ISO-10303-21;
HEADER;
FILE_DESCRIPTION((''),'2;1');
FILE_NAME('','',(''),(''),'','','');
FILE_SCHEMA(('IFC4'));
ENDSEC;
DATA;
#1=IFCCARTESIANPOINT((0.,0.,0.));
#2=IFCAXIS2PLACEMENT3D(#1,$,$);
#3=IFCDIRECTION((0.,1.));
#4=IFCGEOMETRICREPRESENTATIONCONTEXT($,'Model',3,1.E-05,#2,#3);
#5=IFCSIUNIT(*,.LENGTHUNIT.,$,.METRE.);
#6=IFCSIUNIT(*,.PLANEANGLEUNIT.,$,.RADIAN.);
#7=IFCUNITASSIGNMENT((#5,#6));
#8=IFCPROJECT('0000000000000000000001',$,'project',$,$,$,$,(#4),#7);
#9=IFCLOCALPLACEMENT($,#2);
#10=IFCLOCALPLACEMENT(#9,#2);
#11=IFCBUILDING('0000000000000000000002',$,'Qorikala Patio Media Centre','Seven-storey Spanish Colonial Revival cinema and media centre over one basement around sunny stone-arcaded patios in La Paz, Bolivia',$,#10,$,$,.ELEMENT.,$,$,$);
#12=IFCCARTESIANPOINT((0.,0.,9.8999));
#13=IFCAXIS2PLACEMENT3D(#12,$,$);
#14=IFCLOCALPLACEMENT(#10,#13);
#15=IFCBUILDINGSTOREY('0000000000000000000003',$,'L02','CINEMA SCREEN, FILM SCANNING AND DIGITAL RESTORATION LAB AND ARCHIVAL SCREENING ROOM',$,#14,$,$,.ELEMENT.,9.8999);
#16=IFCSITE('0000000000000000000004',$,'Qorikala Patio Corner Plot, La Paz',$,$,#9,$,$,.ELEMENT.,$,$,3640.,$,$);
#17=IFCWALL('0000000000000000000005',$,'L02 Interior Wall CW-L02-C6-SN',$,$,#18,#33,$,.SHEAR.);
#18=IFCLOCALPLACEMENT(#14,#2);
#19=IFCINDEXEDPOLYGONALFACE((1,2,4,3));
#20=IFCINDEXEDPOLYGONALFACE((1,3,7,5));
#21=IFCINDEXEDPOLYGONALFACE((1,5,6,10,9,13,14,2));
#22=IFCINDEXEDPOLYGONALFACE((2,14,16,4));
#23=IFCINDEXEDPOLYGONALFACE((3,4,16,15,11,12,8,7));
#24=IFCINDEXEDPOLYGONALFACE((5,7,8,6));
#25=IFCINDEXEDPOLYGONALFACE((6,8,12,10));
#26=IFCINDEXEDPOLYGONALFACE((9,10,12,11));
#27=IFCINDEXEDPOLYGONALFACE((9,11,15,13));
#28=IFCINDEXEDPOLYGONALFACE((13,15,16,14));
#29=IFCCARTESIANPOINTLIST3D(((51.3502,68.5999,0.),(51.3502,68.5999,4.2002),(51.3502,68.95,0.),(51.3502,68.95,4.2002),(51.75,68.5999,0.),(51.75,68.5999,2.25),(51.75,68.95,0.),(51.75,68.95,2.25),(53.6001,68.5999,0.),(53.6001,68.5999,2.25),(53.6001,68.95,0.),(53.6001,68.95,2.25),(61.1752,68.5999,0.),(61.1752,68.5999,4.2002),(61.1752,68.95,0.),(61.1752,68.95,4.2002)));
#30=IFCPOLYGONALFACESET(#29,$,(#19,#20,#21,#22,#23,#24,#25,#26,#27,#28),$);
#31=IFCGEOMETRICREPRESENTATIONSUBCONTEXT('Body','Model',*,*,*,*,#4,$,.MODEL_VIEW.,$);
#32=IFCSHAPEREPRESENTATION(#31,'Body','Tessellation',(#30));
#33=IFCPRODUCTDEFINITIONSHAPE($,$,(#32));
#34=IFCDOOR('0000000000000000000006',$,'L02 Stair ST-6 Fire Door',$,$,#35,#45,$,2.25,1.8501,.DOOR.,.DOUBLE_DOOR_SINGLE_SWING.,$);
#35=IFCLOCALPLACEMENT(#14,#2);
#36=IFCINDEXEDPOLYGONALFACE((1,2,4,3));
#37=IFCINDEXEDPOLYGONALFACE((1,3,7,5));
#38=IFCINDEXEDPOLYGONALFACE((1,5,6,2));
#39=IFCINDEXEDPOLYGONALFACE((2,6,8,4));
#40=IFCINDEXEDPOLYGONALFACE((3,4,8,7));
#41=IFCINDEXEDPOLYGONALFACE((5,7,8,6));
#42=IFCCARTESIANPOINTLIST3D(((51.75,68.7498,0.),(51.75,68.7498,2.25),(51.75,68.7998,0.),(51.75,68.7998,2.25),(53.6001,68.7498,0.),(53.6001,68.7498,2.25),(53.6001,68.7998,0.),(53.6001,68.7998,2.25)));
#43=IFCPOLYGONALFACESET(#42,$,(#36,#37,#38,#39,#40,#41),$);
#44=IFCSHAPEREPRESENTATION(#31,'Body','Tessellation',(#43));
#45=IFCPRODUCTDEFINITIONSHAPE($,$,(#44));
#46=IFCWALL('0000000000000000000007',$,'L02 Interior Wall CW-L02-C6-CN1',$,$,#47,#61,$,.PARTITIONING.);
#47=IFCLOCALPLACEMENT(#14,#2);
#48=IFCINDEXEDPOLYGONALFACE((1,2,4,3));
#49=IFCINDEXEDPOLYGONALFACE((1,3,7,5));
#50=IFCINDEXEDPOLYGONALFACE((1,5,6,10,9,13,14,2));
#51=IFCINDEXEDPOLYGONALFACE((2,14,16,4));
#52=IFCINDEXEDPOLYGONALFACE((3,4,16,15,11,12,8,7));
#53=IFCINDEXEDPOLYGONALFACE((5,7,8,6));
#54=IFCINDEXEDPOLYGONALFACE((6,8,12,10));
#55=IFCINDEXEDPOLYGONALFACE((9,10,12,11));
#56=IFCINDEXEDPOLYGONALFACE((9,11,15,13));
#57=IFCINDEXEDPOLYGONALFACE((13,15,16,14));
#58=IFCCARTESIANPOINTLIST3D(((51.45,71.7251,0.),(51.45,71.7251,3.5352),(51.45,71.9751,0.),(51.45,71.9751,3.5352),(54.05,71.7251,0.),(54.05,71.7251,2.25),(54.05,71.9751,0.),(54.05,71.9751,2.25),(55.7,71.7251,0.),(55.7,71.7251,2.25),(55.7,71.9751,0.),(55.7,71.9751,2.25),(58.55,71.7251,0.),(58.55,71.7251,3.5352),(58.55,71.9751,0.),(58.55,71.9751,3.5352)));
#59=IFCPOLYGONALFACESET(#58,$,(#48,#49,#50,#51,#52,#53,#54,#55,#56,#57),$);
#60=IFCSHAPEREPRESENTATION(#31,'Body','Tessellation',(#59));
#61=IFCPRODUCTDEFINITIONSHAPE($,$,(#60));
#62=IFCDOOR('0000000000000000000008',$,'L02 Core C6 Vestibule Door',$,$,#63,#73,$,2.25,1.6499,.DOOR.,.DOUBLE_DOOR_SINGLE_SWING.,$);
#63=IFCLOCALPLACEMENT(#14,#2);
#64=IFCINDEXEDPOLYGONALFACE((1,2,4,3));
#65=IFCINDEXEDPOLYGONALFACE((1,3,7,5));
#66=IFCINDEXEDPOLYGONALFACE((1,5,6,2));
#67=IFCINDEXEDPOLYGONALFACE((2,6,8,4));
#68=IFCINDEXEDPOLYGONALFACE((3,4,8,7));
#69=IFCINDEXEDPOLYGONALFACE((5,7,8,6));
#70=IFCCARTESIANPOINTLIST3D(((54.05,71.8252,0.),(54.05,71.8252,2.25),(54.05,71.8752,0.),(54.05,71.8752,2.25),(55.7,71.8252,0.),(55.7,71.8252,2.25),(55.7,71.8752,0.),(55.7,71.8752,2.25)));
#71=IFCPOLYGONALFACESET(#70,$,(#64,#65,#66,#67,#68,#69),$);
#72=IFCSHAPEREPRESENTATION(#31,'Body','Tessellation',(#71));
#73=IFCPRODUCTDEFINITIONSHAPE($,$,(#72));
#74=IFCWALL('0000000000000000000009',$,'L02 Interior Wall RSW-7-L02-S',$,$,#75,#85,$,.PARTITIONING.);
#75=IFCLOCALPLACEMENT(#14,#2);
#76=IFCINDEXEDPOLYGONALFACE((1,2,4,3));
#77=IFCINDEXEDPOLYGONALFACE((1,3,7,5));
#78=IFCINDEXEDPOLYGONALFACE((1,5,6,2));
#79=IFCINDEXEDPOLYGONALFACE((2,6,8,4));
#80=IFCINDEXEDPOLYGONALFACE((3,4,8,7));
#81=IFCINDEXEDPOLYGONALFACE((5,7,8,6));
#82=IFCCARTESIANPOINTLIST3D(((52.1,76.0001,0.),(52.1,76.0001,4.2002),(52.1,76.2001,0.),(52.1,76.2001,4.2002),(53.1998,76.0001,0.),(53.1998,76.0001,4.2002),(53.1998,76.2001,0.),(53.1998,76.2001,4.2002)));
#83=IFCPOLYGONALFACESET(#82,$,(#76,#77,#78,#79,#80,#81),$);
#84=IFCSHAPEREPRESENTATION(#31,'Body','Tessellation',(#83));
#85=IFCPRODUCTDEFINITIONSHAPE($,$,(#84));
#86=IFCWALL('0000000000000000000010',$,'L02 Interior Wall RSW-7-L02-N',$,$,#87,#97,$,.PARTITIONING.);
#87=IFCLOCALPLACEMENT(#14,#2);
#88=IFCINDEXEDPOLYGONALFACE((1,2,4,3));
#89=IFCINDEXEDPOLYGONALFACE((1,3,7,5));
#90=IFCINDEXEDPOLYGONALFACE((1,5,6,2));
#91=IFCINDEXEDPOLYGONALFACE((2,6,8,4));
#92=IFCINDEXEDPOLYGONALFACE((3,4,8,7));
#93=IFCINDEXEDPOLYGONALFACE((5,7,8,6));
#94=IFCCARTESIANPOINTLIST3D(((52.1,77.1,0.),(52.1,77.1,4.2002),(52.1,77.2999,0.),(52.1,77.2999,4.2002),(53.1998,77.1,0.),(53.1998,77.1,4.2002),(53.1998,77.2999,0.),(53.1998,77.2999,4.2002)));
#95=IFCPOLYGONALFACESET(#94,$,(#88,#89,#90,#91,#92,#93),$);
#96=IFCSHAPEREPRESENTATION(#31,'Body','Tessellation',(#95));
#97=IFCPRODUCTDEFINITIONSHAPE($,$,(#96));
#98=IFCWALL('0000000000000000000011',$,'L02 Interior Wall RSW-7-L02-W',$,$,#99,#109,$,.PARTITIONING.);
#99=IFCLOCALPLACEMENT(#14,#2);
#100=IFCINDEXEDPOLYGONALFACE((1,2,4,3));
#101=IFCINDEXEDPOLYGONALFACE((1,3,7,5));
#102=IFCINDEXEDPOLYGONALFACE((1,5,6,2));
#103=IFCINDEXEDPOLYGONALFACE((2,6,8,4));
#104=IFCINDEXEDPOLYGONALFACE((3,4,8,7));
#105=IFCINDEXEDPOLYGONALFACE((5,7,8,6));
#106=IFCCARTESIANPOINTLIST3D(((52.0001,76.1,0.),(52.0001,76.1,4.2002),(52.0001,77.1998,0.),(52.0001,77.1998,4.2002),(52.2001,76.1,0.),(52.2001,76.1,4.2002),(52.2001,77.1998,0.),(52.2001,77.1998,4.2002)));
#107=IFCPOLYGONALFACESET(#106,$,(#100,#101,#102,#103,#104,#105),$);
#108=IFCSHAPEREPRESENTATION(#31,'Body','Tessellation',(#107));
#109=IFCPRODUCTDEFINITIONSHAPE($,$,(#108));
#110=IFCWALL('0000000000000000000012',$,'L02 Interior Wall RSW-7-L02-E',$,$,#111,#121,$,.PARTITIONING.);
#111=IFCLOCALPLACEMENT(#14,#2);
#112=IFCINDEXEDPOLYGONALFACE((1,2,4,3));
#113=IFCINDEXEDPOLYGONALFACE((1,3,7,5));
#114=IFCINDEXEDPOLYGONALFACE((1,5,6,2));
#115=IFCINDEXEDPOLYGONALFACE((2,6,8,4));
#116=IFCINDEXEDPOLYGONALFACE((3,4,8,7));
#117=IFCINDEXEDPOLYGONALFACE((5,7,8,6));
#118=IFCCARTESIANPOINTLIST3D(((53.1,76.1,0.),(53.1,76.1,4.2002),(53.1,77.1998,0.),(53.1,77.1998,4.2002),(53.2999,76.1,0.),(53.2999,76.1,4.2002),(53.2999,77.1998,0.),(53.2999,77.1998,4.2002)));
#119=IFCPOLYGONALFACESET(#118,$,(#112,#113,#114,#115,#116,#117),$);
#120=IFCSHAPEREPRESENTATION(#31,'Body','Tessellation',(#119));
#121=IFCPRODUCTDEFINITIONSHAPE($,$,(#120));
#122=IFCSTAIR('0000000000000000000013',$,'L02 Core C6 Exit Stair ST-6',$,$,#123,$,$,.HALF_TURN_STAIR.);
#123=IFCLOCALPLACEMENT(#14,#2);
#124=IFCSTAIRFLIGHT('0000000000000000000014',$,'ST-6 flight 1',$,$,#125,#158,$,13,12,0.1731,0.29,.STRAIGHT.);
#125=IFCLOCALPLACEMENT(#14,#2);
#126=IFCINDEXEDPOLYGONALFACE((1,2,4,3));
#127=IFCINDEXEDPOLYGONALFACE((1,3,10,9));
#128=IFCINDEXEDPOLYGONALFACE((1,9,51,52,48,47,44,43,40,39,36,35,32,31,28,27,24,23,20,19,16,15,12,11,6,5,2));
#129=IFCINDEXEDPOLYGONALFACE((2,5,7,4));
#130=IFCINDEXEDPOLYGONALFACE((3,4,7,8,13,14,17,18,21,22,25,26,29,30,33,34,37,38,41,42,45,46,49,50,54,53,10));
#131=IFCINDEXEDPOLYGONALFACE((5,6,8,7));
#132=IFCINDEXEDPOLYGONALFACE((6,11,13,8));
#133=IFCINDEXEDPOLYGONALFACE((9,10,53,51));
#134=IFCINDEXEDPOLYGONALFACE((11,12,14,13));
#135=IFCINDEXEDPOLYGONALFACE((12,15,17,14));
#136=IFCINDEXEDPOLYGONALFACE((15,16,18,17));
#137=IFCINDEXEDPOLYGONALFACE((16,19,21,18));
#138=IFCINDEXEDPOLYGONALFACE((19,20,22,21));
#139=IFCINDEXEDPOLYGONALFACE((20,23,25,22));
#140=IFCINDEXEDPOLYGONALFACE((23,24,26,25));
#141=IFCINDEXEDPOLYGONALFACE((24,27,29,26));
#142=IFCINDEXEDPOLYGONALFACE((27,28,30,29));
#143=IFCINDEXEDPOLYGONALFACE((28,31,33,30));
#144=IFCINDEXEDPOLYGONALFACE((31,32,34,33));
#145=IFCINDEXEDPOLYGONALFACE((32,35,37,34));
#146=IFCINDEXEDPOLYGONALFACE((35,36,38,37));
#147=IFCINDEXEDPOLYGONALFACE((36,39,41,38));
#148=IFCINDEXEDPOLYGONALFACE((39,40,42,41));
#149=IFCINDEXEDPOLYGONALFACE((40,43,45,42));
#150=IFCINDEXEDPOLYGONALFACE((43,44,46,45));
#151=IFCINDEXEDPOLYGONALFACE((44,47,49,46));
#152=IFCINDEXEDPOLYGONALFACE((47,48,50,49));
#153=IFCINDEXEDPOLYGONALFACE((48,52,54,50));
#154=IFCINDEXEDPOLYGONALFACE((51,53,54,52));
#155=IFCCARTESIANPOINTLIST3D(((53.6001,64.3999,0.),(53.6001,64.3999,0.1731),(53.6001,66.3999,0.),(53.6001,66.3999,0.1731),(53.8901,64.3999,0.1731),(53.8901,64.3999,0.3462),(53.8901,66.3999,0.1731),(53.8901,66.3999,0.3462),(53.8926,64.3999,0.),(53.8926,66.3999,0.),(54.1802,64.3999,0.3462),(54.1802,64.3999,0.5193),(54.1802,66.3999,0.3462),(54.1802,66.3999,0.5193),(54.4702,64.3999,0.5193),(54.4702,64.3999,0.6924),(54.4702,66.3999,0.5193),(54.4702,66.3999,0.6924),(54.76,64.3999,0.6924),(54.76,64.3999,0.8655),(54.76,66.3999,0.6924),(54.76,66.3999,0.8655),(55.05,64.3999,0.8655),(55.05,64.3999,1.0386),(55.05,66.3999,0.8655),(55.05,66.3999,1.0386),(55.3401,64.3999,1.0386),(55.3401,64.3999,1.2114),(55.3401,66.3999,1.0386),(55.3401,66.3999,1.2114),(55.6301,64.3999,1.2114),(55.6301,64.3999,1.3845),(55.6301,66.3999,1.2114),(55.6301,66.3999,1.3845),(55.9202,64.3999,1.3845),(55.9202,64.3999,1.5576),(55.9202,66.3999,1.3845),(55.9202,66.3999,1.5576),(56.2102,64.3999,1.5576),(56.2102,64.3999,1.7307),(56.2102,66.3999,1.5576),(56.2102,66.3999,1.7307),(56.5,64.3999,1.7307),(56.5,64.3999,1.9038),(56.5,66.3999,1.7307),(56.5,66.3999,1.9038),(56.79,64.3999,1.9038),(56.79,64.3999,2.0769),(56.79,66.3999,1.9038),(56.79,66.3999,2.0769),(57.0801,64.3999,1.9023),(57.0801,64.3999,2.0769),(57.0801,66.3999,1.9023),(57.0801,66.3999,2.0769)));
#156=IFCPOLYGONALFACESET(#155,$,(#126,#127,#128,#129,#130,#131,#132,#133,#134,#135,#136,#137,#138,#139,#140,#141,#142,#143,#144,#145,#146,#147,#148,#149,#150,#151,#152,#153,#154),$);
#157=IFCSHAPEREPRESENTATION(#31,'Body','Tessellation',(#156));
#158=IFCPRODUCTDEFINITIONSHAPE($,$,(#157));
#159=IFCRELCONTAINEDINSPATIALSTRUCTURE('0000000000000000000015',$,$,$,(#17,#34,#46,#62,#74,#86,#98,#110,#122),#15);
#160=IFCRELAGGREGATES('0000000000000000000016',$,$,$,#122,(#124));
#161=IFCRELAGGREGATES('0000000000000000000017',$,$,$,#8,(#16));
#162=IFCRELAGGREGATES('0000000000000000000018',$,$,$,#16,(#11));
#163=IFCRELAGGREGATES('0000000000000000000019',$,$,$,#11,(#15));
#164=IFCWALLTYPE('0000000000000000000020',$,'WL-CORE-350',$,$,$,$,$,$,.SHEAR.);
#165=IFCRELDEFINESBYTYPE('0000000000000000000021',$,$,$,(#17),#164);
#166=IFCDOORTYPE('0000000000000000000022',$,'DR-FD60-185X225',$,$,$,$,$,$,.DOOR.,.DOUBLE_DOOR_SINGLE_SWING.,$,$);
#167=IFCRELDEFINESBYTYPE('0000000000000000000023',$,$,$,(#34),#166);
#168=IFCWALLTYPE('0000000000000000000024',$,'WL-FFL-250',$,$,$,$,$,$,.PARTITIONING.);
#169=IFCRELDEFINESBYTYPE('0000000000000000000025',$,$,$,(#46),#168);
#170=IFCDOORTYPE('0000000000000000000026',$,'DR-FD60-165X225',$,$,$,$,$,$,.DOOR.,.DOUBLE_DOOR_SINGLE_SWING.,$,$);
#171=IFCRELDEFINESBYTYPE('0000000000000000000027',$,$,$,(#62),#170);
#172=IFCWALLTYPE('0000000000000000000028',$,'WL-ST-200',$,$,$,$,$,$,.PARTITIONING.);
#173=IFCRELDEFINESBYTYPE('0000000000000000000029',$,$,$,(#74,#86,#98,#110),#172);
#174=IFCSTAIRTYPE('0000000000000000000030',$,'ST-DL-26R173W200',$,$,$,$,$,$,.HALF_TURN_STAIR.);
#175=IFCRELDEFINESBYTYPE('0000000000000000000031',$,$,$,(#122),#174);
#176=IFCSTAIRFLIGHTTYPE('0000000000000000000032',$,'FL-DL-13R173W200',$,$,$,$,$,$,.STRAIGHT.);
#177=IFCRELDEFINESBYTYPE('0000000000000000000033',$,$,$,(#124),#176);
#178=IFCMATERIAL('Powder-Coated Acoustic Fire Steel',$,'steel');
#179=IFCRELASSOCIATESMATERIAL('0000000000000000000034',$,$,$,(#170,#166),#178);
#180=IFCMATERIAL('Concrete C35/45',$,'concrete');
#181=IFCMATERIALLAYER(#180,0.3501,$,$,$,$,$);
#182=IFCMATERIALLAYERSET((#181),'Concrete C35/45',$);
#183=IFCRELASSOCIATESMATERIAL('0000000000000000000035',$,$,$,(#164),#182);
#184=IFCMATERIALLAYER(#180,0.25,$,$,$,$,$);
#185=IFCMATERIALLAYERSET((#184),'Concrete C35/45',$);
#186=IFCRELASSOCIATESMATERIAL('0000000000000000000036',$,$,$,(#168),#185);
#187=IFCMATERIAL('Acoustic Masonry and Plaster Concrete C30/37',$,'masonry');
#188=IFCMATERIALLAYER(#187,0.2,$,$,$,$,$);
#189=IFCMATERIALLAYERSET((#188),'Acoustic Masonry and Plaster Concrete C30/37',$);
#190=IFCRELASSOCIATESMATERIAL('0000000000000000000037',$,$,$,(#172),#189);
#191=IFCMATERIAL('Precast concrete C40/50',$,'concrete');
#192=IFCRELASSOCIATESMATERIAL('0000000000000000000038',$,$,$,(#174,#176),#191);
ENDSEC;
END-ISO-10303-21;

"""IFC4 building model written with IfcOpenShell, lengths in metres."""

from ifc_helpers import new_model, si_unit, direction, frame, frame_2d, origin, place, context, subcontext, project, spatial, polyline, rectangle, outline, extrude, material, layer, layer_set, type_object, element, fill, aggregate, save


model = new_model("IFC4")

# Units and contexts
model_context = context("Model", 3, precision=1e-05, world=origin(), true_north=direction((0.0, 1.0)))
body_context = subcontext(model_context, "Body", "Model", "MODEL_VIEW")
ifc_project = project(units=[si_unit("LENGTHUNIT", "METRE"), si_unit("PLANEANGLEUNIT", "RADIAN")], contexts=[model_context])

# Site, building, storey
site_placement = place(None, origin())
site = spatial("IfcSite", under=ifc_project, at=site_placement, Name="Qorikala Patio Corner Plot, La Paz", CompositionType="ELEMENT", RefElevation=3640.0)
building_placement = place(site_placement, origin())
building = spatial("IfcBuilding", under=site, at=building_placement, Name="Qorikala Patio Media Centre", Description="Seven-storey Spanish Colonial Revival cinema and media centre over one basement around sunny stone-arcaded patios in La Paz, Bolivia", CompositionType="ELEMENT")
storey_placement = place(building_placement, frame((0.0, 0.0, 9.8999)))
storey = spatial("IfcBuildingStorey", under=building, at=storey_placement, Name="L02", Description="CINEMA SCREEN, FILM SCANNING AND DIGITAL RESTORATION LAB AND ARCHIVAL SCREENING ROOM", CompositionType="ELEMENT", Elevation=9.8999)

# Shared definitions
ifc_material_1 = material(Name="Concrete C35/45", Category="concrete")

# Shared definitions
ifc_material_2 = material(Name="Powder-Coated Acoustic Fire Steel", Category="steel")
door_type_1 = type_object("IfcDoorType", Name="DR-FD60-165X225", OperationType="DOUBLE_DOOR_SINGLE_SWING", PredefinedType="DOOR", material=ifc_material_2)

# Walls, openings, doors
ifc_layer_1 = layer(ifc_material_1, 0.3501)
ifc_layer_set_1 = layer_set([ifc_layer_1], Name="Concrete C35/45")
wall_type_1 = type_object("IfcWallType", Name="WL-CORE-350", PredefinedType="SHEAR", material=ifc_layer_set_1)
wall_1_placement = place(storey_placement, frame((51.3501, 68.7749, 0.0), z_axis=(0.0, 0.0, 1.0), x_axis=(1.0, 0.0, 0.0)))
wall_1 = element("IfcWall", 1, at=wall_1_placement, inside=storey, type_object=wall_type_1, Name="L02 Interior Wall CW-L02-C6-SN", PredefinedType="SHEAR", context=body_context, shape_type="SweptSolid", body=[
    extrude(rectangle(XDim=9.825, YDim=0.3501, at=frame_2d((4.9126, 0.0))), origin(), (0.0, 0.0, 1.0), 4.2002),
])
opening_1_placement = place(wall_1_placement, frame((0.3999, 0.0, 0.0)))
opening_1 = element("IfcOpeningElement", 2, at=opening_1_placement, cuts=wall_1, PredefinedType="OPENING", context=body_context, shape_type="SweptSolid", body=[
    extrude(rectangle(XDim=1.8501, YDim=2.25, at=frame_2d((0.925, 1.125))), frame((0.0, 0.1851, 0.0), z_axis=(0.0, -1.0, 0.0), x_axis=(1.0, 0.0, 0.0)), (0.0, 0.0, 1.0), 0.3701),
])
door_type_2 = type_object("IfcDoorType", Name="DR-FD60-185X225", OperationType="DOUBLE_DOOR_SINGLE_SWING", PredefinedType="DOOR", material=ifc_material_2)
door_1_placement = place(opening_1_placement, origin())
door_1 = element("IfcDoor", 3, at=door_1_placement, inside=storey, type_object=door_type_2, Name="L02 Stair ST-6 Fire Door", OperationType="DOUBLE_DOOR_SINGLE_SWING", OverallHeight=2.25, OverallWidth=1.8501, PredefinedType="DOOR", context=body_context, shape_type="SweptSolid", body=[
    extrude(rectangle(XDim=1.8501, YDim=2.25, at=frame_2d((0.925, 1.125))), frame((0.0, 0.0249, 0.0), z_axis=(0.0, -1.0, 0.0), x_axis=(1.0, 0.0, 0.0)), (0.0, 0.0, 1.0), 0.05),
])
fill(opening_1, door_1)
ifc_layer_2 = layer(ifc_material_1, 0.25)
ifc_layer_set_2 = layer_set([ifc_layer_2], Name="Concrete C35/45")
wall_type_2 = type_object("IfcWallType", Name="WL-FFL-250", PredefinedType="PARTITIONING", material=ifc_layer_set_2)
wall_2_placement = place(storey_placement, frame((51.45, 71.8501, 0.0), z_axis=(0.0, 0.0, 1.0), x_axis=(1.0, 0.0, 0.0)))
wall_2 = element("IfcWall", 4, at=wall_2_placement, inside=storey, type_object=wall_type_2, Name="L02 Interior Wall CW-L02-C6-CN1", PredefinedType="PARTITIONING", context=body_context, shape_type="SweptSolid", body=[
    extrude(rectangle(XDim=7.1001, YDim=0.25, at=frame_2d((3.55, 0.0))), origin(), (0.0, 0.0, 1.0), 3.5352),
])
opening_2_placement = place(wall_2_placement, frame((2.6001, 0.0, 0.0)))
opening_2 = element("IfcOpeningElement", 5, at=opening_2_placement, cuts=wall_2, PredefinedType="OPENING", context=body_context, shape_type="SweptSolid", body=[
    extrude(rectangle(XDim=1.6499, YDim=2.25, at=frame_2d((0.825, 1.125))), frame((0.0, 0.135, 0.0), z_axis=(0.0, -1.0, 0.0), x_axis=(1.0, 0.0, 0.0)), (0.0, 0.0, 1.0), 0.27),
])
door_2_placement = place(opening_2_placement, frame((1.6499, 0.0, 0.0), z_axis=(0.0, 0.0, 1.0), x_axis=(-1.0, 0.0, 0.0)))
door_2 = element("IfcDoor", 6, at=door_2_placement, inside=storey, type_object=door_type_1, Name="L02 Core C6 Vestibule Door", OperationType="DOUBLE_DOOR_SINGLE_SWING", OverallHeight=2.25, OverallWidth=1.6499, PredefinedType="DOOR", context=body_context, shape_type="SweptSolid", body=[
    extrude(rectangle(XDim=1.6499, YDim=2.25, at=frame_2d((0.825, 1.125))), frame((0.0, 0.0249, 0.0), z_axis=(0.0, -1.0, 0.0), x_axis=(1.0, 0.0, 0.0)), (0.0, 0.0, 1.0), 0.05),
])
fill(opening_2, door_2)

# Walls
ifc_material_3 = material(Name="Acoustic Masonry and Plaster Concrete C30/37", Category="masonry")
ifc_layer_3 = layer(ifc_material_3, 0.2)
ifc_layer_set_3 = layer_set([ifc_layer_3], Name="Acoustic Masonry and Plaster Concrete C30/37")
wall_type_3 = type_object("IfcWallType", Name="WL-ST-200", PredefinedType="PARTITIONING", material=ifc_layer_set_3)
for number, where, z_axis, x_axis, name in (
    (7, (52.1001, 76.1001, 0.0), (0.0, 0.0, 1.0), (1.0, 0.0, 0.0), "L02 Interior Wall RSW-7-L02-S"),
    (8, (52.1001, 77.2, 0.0), (0.0, 0.0, 1.0), (1.0, 0.0, 0.0), "L02 Interior Wall RSW-7-L02-N"),
    (9, (52.1001, 76.1001, 0.0), (0.0, 0.0, 1.0), (0.0, 1.0, 0.0), "L02 Interior Wall RSW-7-L02-W"),
    (10, (53.2, 76.1001, 0.0), (0.0, 0.0, 1.0), (0.0, 1.0, 0.0), "L02 Interior Wall RSW-7-L02-E"),
):
    element("IfcWall", number, at=place(storey_placement, frame(where, z_axis=z_axis, x_axis=x_axis)), inside=storey, type_object=wall_type_3, Name=name, PredefinedType="PARTITIONING", context=body_context, shape_type="SweptSolid", body=[
        extrude(rectangle(XDim=1.0999, YDim=0.2, at=frame_2d((0.5498, 0.0))), origin(), (0.0, 0.0, 1.0), 4.2002),
    ])

# Stair, stair flight
ifc_material_4 = material(Name="Precast concrete C40/50", Category="concrete")
stair_type = type_object("IfcStairType", Name="ST-DL-26R173W200", PredefinedType="HALF_TURN_STAIR", material=ifc_material_4)
stair_placement = place(storey_placement, origin())
stair = element("IfcStair", 11, at=stair_placement, inside=storey, type_object=stair_type, Name="L02 Core C6 Exit Stair ST-6", PredefinedType="HALF_TURN_STAIR")
stair_flight_type = type_object("IfcStairFlightType", Name="FL-DL-13R173W200", PredefinedType="STRAIGHT", material=ifc_material_4)
stair_flight_1_placement = place(storey_placement, frame((53.6001, 65.3999, 0.0), z_axis=(0.0, 0.0, 1.0), x_axis=(1.0, 0.0, 0.0)))
stair_flight_1 = element("IfcStairFlight", 12, at=stair_flight_1_placement, type_object=stair_flight_type, Name="ST-6 flight 1", NumberOfRisers=13, NumberOfTreads=12, PredefinedType="STRAIGHT", RiserHeight=0.1731, TreadLength=0.29, context=body_context, shape_type="SweptSolid", body=[
    extrude(outline(polyline([(0.0, 0.0), (0.0, 0.1731), (0.29, 0.1731), (0.29, 0.3462), (0.5801, 0.3462), (0.5801, 0.5193), (0.8701, 0.5193), (0.8701, 0.6924), (1.1599, 0.6924), (1.1599, 0.8655), (1.45, 0.8655), (1.45, 1.0386), (1.74, 1.0386), (1.74, 1.2114), (2.03, 1.2114), (2.03, 1.3845), (2.3201, 1.3845), (2.3201, 1.5576), (2.6101, 1.5576), (2.6101, 1.7307), (2.8999, 1.7307), (2.8999, 1.9038), (3.1899, 1.9038), (3.1899, 2.0769), (3.48, 2.0769), (3.48, 2.25), (3.48, 1.9023), (0.2925, 0.0), (0.0, 0.0)])), frame((0.0, 1.0, 0.0), z_axis=(0.0, -1.0, 0.0), x_axis=(1.0, 0.0, 0.0)), (0.0, 0.0, 1.0), 2.0),
])
aggregate(stair, [stair_flight_1])

save(model, "model.ifc")
